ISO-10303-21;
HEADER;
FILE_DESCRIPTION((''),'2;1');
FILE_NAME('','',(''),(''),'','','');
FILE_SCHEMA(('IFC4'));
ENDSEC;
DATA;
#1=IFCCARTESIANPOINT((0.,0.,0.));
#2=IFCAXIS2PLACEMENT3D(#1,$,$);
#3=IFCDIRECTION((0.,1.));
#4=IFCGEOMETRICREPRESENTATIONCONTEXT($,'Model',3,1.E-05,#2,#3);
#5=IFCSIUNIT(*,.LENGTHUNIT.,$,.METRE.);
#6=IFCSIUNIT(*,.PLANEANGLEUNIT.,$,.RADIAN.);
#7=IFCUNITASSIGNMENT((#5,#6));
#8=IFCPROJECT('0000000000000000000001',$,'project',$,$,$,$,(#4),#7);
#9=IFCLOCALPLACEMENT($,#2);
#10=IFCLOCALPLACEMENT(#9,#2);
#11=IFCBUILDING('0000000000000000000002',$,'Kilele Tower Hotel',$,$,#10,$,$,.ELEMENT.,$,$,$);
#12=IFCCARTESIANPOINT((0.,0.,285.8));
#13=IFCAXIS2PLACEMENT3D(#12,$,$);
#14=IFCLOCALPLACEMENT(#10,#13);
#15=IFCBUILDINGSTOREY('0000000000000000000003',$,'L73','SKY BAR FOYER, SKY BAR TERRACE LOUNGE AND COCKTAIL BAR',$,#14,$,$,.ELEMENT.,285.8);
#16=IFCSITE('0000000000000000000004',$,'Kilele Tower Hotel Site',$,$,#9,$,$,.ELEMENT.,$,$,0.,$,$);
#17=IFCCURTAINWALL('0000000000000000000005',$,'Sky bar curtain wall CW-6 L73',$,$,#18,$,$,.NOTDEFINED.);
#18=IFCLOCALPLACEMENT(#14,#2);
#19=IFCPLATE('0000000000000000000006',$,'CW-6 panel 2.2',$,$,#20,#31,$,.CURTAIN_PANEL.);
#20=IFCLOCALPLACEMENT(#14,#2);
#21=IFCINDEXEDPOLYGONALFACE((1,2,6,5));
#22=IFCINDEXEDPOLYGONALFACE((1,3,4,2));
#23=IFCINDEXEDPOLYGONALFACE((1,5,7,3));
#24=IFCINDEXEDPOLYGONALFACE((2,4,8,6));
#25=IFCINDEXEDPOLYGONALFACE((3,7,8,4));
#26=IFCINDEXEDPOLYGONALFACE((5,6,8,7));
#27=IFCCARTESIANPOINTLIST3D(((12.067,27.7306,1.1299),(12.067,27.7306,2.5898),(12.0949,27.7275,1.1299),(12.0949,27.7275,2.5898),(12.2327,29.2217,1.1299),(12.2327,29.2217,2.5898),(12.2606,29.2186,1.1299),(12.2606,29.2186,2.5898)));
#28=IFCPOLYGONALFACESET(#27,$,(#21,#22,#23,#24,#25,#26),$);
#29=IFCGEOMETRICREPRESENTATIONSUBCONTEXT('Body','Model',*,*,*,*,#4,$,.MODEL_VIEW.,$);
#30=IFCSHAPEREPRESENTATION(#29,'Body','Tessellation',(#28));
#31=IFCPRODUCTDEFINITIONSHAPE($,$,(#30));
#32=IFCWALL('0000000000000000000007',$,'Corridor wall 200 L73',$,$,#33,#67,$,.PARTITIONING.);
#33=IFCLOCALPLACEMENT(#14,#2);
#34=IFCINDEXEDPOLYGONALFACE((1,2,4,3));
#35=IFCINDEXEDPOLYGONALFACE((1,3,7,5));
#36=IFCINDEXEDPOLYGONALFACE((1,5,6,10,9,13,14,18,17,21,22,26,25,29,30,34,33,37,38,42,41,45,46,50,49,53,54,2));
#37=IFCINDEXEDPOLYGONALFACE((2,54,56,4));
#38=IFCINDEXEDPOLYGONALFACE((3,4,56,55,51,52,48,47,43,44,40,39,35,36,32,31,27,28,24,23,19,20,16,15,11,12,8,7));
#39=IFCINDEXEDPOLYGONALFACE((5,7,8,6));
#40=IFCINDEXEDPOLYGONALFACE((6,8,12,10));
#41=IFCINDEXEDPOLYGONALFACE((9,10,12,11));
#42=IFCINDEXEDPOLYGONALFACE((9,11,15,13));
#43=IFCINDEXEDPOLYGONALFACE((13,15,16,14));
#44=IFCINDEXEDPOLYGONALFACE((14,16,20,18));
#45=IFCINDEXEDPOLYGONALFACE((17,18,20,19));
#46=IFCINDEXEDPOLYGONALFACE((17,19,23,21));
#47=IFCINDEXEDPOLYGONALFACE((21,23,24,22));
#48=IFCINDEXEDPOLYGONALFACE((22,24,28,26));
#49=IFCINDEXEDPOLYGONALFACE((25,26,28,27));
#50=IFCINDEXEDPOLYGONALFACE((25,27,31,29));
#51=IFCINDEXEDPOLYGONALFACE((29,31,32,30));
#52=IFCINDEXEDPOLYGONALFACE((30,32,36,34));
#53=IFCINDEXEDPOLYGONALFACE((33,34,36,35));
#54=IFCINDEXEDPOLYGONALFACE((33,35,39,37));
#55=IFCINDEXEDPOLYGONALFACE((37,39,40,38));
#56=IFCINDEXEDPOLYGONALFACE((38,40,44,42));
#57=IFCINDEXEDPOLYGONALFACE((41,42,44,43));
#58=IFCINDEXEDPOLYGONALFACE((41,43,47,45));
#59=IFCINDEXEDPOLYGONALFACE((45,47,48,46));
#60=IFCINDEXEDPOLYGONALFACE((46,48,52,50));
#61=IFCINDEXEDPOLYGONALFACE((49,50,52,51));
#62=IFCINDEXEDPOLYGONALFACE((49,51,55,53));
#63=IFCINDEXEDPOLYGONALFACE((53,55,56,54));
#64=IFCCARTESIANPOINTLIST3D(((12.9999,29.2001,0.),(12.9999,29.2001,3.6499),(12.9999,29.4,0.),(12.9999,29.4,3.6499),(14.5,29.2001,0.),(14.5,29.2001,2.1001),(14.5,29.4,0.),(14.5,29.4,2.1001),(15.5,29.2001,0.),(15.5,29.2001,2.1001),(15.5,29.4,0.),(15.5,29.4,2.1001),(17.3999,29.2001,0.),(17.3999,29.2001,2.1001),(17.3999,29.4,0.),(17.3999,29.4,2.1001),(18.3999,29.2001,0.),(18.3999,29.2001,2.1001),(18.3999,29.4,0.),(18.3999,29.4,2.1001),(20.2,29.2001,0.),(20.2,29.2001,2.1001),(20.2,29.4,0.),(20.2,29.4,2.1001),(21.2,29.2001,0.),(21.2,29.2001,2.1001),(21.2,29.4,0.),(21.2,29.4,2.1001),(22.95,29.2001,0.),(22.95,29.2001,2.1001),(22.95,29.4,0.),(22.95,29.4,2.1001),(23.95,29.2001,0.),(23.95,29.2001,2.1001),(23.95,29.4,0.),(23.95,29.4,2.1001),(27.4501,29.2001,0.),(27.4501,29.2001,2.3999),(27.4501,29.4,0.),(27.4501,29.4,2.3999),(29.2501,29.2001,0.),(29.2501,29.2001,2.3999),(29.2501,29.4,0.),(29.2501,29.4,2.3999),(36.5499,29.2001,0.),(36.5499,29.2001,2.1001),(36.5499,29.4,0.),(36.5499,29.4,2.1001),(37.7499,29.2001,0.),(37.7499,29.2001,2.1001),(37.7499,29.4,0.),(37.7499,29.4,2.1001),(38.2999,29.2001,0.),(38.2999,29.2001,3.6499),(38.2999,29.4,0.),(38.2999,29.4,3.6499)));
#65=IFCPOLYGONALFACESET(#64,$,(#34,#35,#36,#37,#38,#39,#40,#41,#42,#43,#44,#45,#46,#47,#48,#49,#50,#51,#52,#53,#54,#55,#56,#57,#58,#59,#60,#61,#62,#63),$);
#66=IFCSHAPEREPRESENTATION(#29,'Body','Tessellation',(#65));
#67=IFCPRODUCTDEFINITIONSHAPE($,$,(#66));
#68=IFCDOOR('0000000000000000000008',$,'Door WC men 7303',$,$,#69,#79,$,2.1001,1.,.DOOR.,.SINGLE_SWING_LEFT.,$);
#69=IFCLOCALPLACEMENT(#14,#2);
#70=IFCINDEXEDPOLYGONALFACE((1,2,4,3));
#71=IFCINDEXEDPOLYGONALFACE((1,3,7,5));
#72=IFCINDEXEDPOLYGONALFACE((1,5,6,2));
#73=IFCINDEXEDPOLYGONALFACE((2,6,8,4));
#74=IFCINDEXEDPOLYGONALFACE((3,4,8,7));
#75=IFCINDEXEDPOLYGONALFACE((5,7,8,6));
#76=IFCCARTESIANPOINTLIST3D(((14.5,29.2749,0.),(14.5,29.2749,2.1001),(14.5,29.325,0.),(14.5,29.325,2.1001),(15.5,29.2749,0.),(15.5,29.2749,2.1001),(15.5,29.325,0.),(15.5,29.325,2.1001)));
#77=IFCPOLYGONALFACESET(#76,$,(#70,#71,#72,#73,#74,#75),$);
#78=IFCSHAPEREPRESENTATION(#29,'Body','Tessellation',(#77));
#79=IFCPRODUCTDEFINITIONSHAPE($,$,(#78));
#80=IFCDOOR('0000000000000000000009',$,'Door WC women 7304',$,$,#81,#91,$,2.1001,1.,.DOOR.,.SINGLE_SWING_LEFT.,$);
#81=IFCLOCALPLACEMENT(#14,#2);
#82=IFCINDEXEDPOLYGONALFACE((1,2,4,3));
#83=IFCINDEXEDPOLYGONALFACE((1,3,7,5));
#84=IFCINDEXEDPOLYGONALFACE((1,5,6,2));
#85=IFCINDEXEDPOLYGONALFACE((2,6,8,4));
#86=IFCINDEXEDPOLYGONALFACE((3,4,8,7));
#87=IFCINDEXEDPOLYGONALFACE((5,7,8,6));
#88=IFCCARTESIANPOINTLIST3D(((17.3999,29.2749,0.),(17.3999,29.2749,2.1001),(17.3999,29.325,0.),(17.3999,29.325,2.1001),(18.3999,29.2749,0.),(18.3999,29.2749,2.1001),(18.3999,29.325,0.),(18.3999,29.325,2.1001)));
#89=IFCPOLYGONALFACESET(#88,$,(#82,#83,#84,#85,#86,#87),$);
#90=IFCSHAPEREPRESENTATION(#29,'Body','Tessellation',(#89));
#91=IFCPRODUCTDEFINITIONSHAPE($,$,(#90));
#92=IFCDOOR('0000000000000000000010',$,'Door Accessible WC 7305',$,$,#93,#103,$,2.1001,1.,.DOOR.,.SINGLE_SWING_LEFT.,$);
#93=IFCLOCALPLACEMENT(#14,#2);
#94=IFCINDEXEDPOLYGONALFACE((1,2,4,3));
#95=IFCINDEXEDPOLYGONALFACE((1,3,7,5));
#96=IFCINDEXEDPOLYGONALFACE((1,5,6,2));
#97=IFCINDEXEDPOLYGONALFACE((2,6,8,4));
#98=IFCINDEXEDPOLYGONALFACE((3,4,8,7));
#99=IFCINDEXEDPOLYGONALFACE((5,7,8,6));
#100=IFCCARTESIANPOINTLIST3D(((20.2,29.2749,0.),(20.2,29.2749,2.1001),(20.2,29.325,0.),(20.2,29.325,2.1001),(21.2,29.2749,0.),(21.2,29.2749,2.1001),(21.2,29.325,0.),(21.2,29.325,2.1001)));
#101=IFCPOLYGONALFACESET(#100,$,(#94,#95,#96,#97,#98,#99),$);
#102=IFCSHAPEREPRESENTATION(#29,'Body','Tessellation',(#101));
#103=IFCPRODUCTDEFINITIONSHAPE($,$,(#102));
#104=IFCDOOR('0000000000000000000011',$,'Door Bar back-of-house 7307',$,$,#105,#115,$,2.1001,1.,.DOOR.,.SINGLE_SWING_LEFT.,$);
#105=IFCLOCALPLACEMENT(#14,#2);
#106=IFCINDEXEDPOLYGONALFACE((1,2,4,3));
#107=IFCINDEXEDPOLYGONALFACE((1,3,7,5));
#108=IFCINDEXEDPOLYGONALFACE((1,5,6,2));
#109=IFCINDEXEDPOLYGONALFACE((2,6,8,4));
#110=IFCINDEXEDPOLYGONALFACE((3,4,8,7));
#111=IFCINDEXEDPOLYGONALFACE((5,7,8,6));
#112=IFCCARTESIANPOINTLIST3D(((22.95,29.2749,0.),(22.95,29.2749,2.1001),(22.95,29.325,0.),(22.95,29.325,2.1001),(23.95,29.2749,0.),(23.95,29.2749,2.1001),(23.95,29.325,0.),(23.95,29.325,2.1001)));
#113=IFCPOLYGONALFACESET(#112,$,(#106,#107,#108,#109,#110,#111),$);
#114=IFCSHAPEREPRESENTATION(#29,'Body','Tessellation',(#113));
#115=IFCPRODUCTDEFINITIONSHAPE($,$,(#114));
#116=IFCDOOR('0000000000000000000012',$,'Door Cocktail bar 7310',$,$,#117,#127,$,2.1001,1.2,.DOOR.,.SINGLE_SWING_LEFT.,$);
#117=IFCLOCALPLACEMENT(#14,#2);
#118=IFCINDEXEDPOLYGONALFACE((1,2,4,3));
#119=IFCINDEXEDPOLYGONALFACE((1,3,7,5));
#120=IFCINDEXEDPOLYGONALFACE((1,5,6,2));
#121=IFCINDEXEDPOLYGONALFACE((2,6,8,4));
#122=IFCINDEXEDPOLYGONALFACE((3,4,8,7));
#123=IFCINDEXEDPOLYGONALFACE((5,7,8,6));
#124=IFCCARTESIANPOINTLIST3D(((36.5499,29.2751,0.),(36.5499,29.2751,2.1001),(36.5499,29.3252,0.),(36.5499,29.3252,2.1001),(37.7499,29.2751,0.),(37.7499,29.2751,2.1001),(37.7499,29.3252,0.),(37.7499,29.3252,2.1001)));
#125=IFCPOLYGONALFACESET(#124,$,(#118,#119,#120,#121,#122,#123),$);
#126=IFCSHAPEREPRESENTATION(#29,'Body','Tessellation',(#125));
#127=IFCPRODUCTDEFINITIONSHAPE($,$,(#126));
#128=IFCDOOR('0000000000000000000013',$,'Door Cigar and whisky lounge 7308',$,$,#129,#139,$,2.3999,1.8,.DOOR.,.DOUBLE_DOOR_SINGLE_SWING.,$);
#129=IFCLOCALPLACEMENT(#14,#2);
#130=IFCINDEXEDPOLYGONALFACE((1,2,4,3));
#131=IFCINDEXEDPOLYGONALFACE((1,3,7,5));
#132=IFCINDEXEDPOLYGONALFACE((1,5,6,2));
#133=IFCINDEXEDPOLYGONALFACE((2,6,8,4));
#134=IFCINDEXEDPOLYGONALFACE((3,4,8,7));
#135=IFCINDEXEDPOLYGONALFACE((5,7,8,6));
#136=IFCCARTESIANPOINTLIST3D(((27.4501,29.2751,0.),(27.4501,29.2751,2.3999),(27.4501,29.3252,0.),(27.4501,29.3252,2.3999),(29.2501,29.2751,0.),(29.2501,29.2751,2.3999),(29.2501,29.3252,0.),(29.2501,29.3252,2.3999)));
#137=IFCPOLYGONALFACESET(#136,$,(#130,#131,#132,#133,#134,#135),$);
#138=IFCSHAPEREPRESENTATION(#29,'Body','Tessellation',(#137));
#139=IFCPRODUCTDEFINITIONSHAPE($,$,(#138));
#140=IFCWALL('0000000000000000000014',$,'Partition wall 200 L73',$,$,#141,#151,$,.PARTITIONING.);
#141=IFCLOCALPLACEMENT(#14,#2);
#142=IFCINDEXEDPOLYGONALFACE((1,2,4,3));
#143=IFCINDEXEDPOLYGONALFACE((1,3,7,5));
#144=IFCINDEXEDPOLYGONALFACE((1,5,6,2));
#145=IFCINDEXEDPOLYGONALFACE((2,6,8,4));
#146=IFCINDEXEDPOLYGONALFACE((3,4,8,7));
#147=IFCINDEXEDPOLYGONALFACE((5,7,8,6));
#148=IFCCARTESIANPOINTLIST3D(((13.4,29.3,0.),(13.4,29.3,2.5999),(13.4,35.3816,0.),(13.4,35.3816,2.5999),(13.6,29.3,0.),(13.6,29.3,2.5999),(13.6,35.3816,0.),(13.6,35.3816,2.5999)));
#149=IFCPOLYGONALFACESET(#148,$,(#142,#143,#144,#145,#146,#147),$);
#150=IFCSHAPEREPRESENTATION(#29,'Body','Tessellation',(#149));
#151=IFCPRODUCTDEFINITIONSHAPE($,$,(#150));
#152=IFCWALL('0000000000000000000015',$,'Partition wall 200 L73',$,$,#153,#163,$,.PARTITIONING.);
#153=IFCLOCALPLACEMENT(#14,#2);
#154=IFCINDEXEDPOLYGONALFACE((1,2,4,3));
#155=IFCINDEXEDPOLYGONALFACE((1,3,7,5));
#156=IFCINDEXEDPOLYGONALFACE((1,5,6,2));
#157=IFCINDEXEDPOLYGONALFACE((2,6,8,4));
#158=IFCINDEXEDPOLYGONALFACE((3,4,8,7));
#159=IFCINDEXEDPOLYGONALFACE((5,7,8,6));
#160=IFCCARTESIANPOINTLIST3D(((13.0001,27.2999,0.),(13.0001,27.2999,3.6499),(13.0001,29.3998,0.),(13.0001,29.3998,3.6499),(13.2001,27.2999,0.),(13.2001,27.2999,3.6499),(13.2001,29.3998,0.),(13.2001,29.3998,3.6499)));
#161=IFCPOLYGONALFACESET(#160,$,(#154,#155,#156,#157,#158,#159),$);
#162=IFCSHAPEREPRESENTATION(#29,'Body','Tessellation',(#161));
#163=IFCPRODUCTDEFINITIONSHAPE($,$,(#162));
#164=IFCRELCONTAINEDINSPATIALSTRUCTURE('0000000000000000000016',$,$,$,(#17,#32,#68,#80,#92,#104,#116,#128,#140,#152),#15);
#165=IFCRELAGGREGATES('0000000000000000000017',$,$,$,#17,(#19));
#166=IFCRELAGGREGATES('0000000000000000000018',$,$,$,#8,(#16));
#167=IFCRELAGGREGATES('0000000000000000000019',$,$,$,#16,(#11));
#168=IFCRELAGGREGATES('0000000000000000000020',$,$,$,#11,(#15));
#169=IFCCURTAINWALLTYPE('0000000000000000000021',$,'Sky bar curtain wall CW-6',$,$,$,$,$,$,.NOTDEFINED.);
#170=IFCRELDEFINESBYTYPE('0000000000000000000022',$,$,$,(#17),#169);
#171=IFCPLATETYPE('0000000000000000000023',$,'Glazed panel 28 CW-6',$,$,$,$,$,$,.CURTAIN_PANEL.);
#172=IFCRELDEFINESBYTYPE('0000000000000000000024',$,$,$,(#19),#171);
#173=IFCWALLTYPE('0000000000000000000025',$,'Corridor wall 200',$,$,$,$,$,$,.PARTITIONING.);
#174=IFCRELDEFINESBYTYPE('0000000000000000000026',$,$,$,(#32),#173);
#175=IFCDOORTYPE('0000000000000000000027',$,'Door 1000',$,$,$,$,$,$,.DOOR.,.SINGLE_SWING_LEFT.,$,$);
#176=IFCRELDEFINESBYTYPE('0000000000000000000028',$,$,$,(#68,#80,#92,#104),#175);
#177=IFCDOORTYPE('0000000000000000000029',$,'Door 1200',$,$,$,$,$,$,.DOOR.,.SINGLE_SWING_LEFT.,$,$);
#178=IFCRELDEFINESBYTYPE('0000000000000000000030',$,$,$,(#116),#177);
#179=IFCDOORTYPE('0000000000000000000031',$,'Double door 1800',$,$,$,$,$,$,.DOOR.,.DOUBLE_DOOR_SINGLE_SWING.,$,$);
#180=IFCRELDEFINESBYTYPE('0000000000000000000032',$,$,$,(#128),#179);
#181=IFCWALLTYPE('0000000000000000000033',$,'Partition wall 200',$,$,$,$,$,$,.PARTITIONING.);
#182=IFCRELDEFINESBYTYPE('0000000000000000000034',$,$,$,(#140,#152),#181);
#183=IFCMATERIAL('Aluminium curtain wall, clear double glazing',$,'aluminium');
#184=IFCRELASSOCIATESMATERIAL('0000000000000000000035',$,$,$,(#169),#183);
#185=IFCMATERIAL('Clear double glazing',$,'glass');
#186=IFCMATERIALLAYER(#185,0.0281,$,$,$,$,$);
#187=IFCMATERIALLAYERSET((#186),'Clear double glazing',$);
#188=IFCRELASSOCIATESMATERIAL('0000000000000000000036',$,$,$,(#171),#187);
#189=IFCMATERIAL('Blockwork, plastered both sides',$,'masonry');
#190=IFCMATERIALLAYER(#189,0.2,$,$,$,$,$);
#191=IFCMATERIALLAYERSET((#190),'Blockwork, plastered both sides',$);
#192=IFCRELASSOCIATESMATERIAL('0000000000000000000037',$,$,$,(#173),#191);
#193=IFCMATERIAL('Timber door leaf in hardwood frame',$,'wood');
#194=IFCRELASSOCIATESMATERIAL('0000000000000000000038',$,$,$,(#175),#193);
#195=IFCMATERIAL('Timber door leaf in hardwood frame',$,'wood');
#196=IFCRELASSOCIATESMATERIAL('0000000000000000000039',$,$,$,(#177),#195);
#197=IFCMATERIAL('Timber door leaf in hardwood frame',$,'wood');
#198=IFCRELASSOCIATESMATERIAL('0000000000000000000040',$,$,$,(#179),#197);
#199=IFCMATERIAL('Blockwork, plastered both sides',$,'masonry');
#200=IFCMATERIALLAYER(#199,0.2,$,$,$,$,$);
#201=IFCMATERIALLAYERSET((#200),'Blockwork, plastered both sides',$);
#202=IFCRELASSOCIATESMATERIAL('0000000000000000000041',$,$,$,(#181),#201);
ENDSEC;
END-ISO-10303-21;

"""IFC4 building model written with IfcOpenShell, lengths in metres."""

from ifc_helpers import new_model, si_unit, direction, frame, frame_2d, origin, origin_2d, place, context, subcontext, project, spatial, rectangle, extrude, material, layer, layer_set, type_object, element, fill, aggregate, save


model = new_model("IFC4")

# Units and contexts
model_context = context("Model", 3, precision=1e-05, world=origin(), true_north=direction((0.0, 1.0)))
body_context = subcontext(model_context, "Body", "Model", "MODEL_VIEW")
ifc_project = project(units=[si_unit("LENGTHUNIT", "METRE"), si_unit("PLANEANGLEUNIT", "RADIAN")], contexts=[model_context])

# Site, building, storey
site_placement = place(None, origin())
site = spatial("IfcSite", under=ifc_project, at=site_placement, Name="Kilele Tower Hotel Site", CompositionType="ELEMENT", RefElevation=0.0)
building_placement = place(site_placement, origin())
building = spatial("IfcBuilding", under=site, at=building_placement, Name="Kilele Tower Hotel", CompositionType="ELEMENT")
storey_placement = place(building_placement, frame((0.0, 0.0, 285.8)))
storey = spatial("IfcBuildingStorey", under=building, at=storey_placement, Name="L73", Description="SKY BAR FOYER, SKY BAR TERRACE LOUNGE AND COCKTAIL BAR", CompositionType="ELEMENT", Elevation=285.8)

# Curtain wall
ifc_material_1 = material(Name="Aluminium curtain wall, clear double glazing", Category="aluminium")
curtain_wall_type = type_object("IfcCurtainWallType", Name="Sky bar curtain wall CW-6", PredefinedType="NOTDEFINED", material=ifc_material_1)
curtain_wall_placement = place(storey_placement, origin())
curtain_wall = element("IfcCurtainWall", 1, at=curtain_wall_placement, inside=storey, type_object=curtain_wall_type, Name="Sky bar curtain wall CW-6 L73", PredefinedType="NOTDEFINED")

# Plate
ifc_material_2 = material(Name="Clear double glazing", Category="glass")
ifc_layer_1 = layer(ifc_material_2, 0.0281)
ifc_layer_set_1 = layer_set([ifc_layer_1], Name="Clear double glazing")
plate_type = type_object("IfcPlateType", Name="Glazed panel 28 CW-6", PredefinedType="CURTAIN_PANEL", material=ifc_layer_set_1)
plate_1_placement = place(storey_placement, frame((12.1638, 28.4746, 1.1299), z_axis=(0.0, 0.0, 1.0), x_axis=(-0.110432, -0.993884, 0.0)))
plate_1 = element("IfcPlate", 2, at=plate_1_placement, type_object=plate_type, Name="CW-6 panel 2.2", PredefinedType="CURTAIN_PANEL", context=body_context, shape_type="SweptSolid", body=[
    extrude(rectangle(XDim=1.5002, YDim=0.0281, at=origin_2d()), origin(), (0.0, 0.0, 1.0), 1.46),
])
aggregate(curtain_wall, [plate_1])

# Wall, openings, doors
ifc_material_3 = material(Name="Blockwork, plastered both sides", Category="masonry")
ifc_layer_2 = layer(ifc_material_3, 0.2)
ifc_layer_set_2 = layer_set([ifc_layer_2], Name="Blockwork, plastered both sides")
wall_type_1 = type_object("IfcWallType", Name="Corridor wall 200", PredefinedType="PARTITIONING", material=ifc_layer_set_2)
wall_1_placement = place(storey_placement, frame((13.0, 29.3, 0.0), z_axis=(0.0, 0.0, 1.0), x_axis=(1.0, 0.0, 0.0)))
wall_1 = element("IfcWall", 3, at=wall_1_placement, inside=storey, type_object=wall_type_1, Name="Corridor wall 200 L73", PredefinedType="PARTITIONING", context=body_context, shape_type="SweptSolid", body=[
    extrude(rectangle(XDim=25.3, YDim=0.2, at=frame_2d((12.6499, 0.0))), origin(), (0.0, 0.0, 1.0), 3.6499),
])
opening_1_placement = place(wall_1_placement, frame((1.5, 0.0, 0.0)))
opening_1 = element("IfcOpeningElement", 4, at=opening_1_placement, cuts=wall_1, PredefinedType="OPENING", context=body_context, shape_type="SweptSolid", body=[
    extrude(rectangle(XDim=1.0, YDim=2.1001, at=frame_2d((0.5, 1.05))), frame((0.0, 0.1099, 0.0), z_axis=(0.0, -1.0, 0.0), x_axis=(1.0, 0.0, 0.0)), (0.0, 0.0, 1.0), 0.22),
])
opening_2_placement = place(wall_1_placement, frame((4.3999, 0.0, 0.0)))
opening_2 = element("IfcOpeningElement", 5, at=opening_2_placement, cuts=wall_1, PredefinedType="OPENING", context=body_context, shape_type="SweptSolid", body=[
    extrude(rectangle(XDim=1.0, YDim=2.1001, at=frame_2d((0.5, 1.05))), frame((0.0, 0.1099, 0.0), z_axis=(0.0, -1.0, 0.0), x_axis=(1.0, 0.0, 0.0)), (0.0, 0.0, 1.0), 0.22),
])
opening_3_placement = place(wall_1_placement, frame((7.2, 0.0, 0.0)))
opening_3 = element("IfcOpeningElement", 6, at=opening_3_placement, cuts=wall_1, PredefinedType="OPENING", context=body_context, shape_type="SweptSolid", body=[
    extrude(rectangle(XDim=1.0, YDim=2.1001, at=frame_2d((0.5, 1.05))), frame((0.0, 0.1099, 0.0), z_axis=(0.0, -1.0, 0.0), x_axis=(1.0, 0.0, 0.0)), (0.0, 0.0, 1.0), 0.22),
])
opening_4_placement = place(wall_1_placement, frame((9.95, 0.0, 0.0)))
opening_4 = element("IfcOpeningElement", 7, at=opening_4_placement, cuts=wall_1, PredefinedType="OPENING", context=body_context, shape_type="SweptSolid", body=[
    extrude(rectangle(XDim=1.0, YDim=2.1001, at=frame_2d((0.5, 1.05))), frame((0.0, 0.1099, 0.0), z_axis=(0.0, -1.0, 0.0), x_axis=(1.0, 0.0, 0.0)), (0.0, 0.0, 1.0), 0.22),
])
opening_5_placement = place(wall_1_placement, frame((16.25, 0.0, 0.0), z_axis=(0.0, 0.0, 1.0), x_axis=(-1.0, 0.0, 0.0)))
opening_5 = element("IfcOpeningElement", 8, at=opening_5_placement, cuts=wall_1, PredefinedType="OPENING", context=body_context, shape_type="SweptSolid", body=[
    extrude(rectangle(XDim=1.8, YDim=2.3999, at=frame_2d((0.8999, 1.2))), frame((0.0, 0.1099, 0.0), z_axis=(0.0, -1.0, 0.0), x_axis=(1.0, 0.0, 0.0)), (0.0, 0.0, 1.0), 0.22),
])
opening_6_placement = place(wall_1_placement, frame((24.75, 0.0, 0.0), z_axis=(0.0, 0.0, 1.0), x_axis=(-1.0, 0.0, 0.0)))
opening_6 = element("IfcOpeningElement", 9, at=opening_6_placement, cuts=wall_1, PredefinedType="OPENING", context=body_context, shape_type="SweptSolid", body=[
    extrude(rectangle(XDim=1.2, YDim=2.1001, at=frame_2d((0.6001, 1.05))), frame((0.0, 0.1099, 0.0), z_axis=(0.0, -1.0, 0.0), x_axis=(1.0, 0.0, 0.0)), (0.0, 0.0, 1.0), 0.22),
])
ifc_material_4 = material(Name="Timber door leaf in hardwood frame", Category="wood")
door_type_1 = type_object("IfcDoorType", Name="Door 1000", OperationType="SINGLE_SWING_LEFT", PredefinedType="DOOR", material=ifc_material_4)
door_1_placement = place(opening_1_placement, origin())
door_1 = element("IfcDoor", 10, at=door_1_placement, inside=storey, type_object=door_type_1, Name="Door WC men 7303", OperationType="SINGLE_SWING_LEFT", OverallHeight=2.1001, OverallWidth=1.0, PredefinedType="DOOR", context=body_context, shape_type="SweptSolid", body=[
    extrude(rectangle(XDim=1.0, YDim=2.1001, at=frame_2d((0.5, 1.05))), frame((0.0, 0.0249, 0.0), z_axis=(0.0, -1.0, 0.0), x_axis=(1.0, 0.0, 0.0)), (0.0, 0.0, 1.0), 0.05),
])
fill(opening_1, door_1)
door_2_placement = place(opening_2_placement, origin())
door_2 = element("IfcDoor", 11, at=door_2_placement, inside=storey, type_object=door_type_1, Name="Door WC women 7304", OperationType="SINGLE_SWING_LEFT", OverallHeight=2.1001, OverallWidth=1.0, PredefinedType="DOOR", context=body_context, shape_type="SweptSolid", body=[
    extrude(rectangle(XDim=1.0, YDim=2.1001, at=frame_2d((0.5, 1.05))), frame((0.0, 0.0249, 0.0), z_axis=(0.0, -1.0, 0.0), x_axis=(1.0, 0.0, 0.0)), (0.0, 0.0, 1.0), 0.05),
])
fill(opening_2, door_2)
door_3_placement = place(opening_3_placement, origin())
door_3 = element("IfcDoor", 12, at=door_3_placement, inside=storey, type_object=door_type_1, Name="Door Accessible WC 7305", OperationType="SINGLE_SWING_LEFT", OverallHeight=2.1001, OverallWidth=1.0, PredefinedType="DOOR", context=body_context, shape_type="SweptSolid", body=[
    extrude(rectangle(XDim=1.0, YDim=2.1001, at=frame_2d((0.5, 1.05))), frame((0.0, 0.0249, 0.0), z_axis=(0.0, -1.0, 0.0), x_axis=(1.0, 0.0, 0.0)), (0.0, 0.0, 1.0), 0.05),
])
fill(opening_3, door_3)
door_4_placement = place(opening_4_placement, origin())
door_4 = element("IfcDoor", 13, at=door_4_placement, inside=storey, type_object=door_type_1, Name="Door Bar back-of-house 7307", OperationType="SINGLE_SWING_LEFT", OverallHeight=2.1001, OverallWidth=1.0, PredefinedType="DOOR", context=body_context, shape_type="SweptSolid", body=[
    extrude(rectangle(XDim=1.0, YDim=2.1001, at=frame_2d((0.5, 1.05))), frame((0.0, 0.0249, 0.0), z_axis=(0.0, -1.0, 0.0), x_axis=(1.0, 0.0, 0.0)), (0.0, 0.0, 1.0), 0.05),
])
fill(opening_4, door_4)
ifc_material_5 = material(Name="Timber door leaf in hardwood frame", Category="wood")
door_type_2 = type_object("IfcDoorType", Name="Door 1200", OperationType="SINGLE_SWING_LEFT", PredefinedType="DOOR", material=ifc_material_5)
door_5_placement = place(opening_6_placement, origin())
door_5 = element("IfcDoor", 14, at=door_5_placement, inside=storey, type_object=door_type_2, Name="Door Cocktail bar 7310", OperationType="SINGLE_SWING_LEFT", OverallHeight=2.1001, OverallWidth=1.2, PredefinedType="DOOR", context=body_context, shape_type="SweptSolid", body=[
    extrude(rectangle(XDim=1.2, YDim=2.1001, at=frame_2d((0.6001, 1.05))), frame((0.0, 0.0249, 0.0), z_axis=(0.0, -1.0, 0.0), x_axis=(1.0, 0.0, 0.0)), (0.0, 0.0, 1.0), 0.05),
])
fill(opening_6, door_5)
ifc_material_6 = material(Name="Timber door leaf in hardwood frame", Category="wood")
door_type_3 = type_object("IfcDoorType", Name="Double door 1800", OperationType="DOUBLE_DOOR_SINGLE_SWING", PredefinedType="DOOR", material=ifc_material_6)
door_6_placement = place(opening_5_placement, origin())
door_6 = element("IfcDoor", 15, at=door_6_placement, inside=storey, type_object=door_type_3, Name="Door Cigar and whisky lounge 7308", OperationType="DOUBLE_DOOR_SINGLE_SWING", OverallHeight=2.3999, OverallWidth=1.8, PredefinedType="DOOR", context=body_context, shape_type="SweptSolid", body=[
    extrude(rectangle(XDim=1.8, YDim=2.3999, at=frame_2d((0.8999, 1.2))), frame((0.0, 0.0249, 0.0), z_axis=(0.0, -1.0, 0.0), x_axis=(1.0, 0.0, 0.0)), (0.0, 0.0, 1.0), 0.05),
])
fill(opening_5, door_6)

# Walls
ifc_material_7 = material(Name="Blockwork, plastered both sides", Category="masonry")
ifc_layer_3 = layer(ifc_material_7, 0.2)
ifc_layer_set_3 = layer_set([ifc_layer_3], Name="Blockwork, plastered both sides")
wall_type_2 = type_object("IfcWallType", Name="Partition wall 200", PredefinedType="PARTITIONING", material=ifc_layer_set_3)
wall_2_placement = place(storey_placement, frame((13.5, 29.3, 0.0), z_axis=(0.0, 0.0, 1.0), x_axis=(0.0, 1.0, 0.0)))
element("IfcWall", 16, at=wall_2_placement, inside=storey, type_object=wall_type_2, Name="Partition wall 200 L73", PredefinedType="PARTITIONING", context=body_context, shape_type="SweptSolid", body=[
    extrude(rectangle(XDim=6.0815, YDim=0.2, at=frame_2d((3.0408, 0.0))), origin(), (0.0, 0.0, 1.0), 2.5999),
])
wall_3_placement = place(storey_placement, frame((13.1001, 27.3, 0.0), z_axis=(0.0, 0.0, 1.0), x_axis=(0.0, 1.0, 0.0)))
element("IfcWall", 17, at=wall_3_placement, inside=storey, type_object=wall_type_2, Name="Partition wall 200 L73", PredefinedType="PARTITIONING", context=body_context, shape_type="SweptSolid", body=[
    extrude(rectangle(XDim=2.0999, YDim=0.2, at=frame_2d((1.0498, 0.0))), origin(), (0.0, 0.0, 1.0), 3.6499),
])

save(model, "model.ifc")
